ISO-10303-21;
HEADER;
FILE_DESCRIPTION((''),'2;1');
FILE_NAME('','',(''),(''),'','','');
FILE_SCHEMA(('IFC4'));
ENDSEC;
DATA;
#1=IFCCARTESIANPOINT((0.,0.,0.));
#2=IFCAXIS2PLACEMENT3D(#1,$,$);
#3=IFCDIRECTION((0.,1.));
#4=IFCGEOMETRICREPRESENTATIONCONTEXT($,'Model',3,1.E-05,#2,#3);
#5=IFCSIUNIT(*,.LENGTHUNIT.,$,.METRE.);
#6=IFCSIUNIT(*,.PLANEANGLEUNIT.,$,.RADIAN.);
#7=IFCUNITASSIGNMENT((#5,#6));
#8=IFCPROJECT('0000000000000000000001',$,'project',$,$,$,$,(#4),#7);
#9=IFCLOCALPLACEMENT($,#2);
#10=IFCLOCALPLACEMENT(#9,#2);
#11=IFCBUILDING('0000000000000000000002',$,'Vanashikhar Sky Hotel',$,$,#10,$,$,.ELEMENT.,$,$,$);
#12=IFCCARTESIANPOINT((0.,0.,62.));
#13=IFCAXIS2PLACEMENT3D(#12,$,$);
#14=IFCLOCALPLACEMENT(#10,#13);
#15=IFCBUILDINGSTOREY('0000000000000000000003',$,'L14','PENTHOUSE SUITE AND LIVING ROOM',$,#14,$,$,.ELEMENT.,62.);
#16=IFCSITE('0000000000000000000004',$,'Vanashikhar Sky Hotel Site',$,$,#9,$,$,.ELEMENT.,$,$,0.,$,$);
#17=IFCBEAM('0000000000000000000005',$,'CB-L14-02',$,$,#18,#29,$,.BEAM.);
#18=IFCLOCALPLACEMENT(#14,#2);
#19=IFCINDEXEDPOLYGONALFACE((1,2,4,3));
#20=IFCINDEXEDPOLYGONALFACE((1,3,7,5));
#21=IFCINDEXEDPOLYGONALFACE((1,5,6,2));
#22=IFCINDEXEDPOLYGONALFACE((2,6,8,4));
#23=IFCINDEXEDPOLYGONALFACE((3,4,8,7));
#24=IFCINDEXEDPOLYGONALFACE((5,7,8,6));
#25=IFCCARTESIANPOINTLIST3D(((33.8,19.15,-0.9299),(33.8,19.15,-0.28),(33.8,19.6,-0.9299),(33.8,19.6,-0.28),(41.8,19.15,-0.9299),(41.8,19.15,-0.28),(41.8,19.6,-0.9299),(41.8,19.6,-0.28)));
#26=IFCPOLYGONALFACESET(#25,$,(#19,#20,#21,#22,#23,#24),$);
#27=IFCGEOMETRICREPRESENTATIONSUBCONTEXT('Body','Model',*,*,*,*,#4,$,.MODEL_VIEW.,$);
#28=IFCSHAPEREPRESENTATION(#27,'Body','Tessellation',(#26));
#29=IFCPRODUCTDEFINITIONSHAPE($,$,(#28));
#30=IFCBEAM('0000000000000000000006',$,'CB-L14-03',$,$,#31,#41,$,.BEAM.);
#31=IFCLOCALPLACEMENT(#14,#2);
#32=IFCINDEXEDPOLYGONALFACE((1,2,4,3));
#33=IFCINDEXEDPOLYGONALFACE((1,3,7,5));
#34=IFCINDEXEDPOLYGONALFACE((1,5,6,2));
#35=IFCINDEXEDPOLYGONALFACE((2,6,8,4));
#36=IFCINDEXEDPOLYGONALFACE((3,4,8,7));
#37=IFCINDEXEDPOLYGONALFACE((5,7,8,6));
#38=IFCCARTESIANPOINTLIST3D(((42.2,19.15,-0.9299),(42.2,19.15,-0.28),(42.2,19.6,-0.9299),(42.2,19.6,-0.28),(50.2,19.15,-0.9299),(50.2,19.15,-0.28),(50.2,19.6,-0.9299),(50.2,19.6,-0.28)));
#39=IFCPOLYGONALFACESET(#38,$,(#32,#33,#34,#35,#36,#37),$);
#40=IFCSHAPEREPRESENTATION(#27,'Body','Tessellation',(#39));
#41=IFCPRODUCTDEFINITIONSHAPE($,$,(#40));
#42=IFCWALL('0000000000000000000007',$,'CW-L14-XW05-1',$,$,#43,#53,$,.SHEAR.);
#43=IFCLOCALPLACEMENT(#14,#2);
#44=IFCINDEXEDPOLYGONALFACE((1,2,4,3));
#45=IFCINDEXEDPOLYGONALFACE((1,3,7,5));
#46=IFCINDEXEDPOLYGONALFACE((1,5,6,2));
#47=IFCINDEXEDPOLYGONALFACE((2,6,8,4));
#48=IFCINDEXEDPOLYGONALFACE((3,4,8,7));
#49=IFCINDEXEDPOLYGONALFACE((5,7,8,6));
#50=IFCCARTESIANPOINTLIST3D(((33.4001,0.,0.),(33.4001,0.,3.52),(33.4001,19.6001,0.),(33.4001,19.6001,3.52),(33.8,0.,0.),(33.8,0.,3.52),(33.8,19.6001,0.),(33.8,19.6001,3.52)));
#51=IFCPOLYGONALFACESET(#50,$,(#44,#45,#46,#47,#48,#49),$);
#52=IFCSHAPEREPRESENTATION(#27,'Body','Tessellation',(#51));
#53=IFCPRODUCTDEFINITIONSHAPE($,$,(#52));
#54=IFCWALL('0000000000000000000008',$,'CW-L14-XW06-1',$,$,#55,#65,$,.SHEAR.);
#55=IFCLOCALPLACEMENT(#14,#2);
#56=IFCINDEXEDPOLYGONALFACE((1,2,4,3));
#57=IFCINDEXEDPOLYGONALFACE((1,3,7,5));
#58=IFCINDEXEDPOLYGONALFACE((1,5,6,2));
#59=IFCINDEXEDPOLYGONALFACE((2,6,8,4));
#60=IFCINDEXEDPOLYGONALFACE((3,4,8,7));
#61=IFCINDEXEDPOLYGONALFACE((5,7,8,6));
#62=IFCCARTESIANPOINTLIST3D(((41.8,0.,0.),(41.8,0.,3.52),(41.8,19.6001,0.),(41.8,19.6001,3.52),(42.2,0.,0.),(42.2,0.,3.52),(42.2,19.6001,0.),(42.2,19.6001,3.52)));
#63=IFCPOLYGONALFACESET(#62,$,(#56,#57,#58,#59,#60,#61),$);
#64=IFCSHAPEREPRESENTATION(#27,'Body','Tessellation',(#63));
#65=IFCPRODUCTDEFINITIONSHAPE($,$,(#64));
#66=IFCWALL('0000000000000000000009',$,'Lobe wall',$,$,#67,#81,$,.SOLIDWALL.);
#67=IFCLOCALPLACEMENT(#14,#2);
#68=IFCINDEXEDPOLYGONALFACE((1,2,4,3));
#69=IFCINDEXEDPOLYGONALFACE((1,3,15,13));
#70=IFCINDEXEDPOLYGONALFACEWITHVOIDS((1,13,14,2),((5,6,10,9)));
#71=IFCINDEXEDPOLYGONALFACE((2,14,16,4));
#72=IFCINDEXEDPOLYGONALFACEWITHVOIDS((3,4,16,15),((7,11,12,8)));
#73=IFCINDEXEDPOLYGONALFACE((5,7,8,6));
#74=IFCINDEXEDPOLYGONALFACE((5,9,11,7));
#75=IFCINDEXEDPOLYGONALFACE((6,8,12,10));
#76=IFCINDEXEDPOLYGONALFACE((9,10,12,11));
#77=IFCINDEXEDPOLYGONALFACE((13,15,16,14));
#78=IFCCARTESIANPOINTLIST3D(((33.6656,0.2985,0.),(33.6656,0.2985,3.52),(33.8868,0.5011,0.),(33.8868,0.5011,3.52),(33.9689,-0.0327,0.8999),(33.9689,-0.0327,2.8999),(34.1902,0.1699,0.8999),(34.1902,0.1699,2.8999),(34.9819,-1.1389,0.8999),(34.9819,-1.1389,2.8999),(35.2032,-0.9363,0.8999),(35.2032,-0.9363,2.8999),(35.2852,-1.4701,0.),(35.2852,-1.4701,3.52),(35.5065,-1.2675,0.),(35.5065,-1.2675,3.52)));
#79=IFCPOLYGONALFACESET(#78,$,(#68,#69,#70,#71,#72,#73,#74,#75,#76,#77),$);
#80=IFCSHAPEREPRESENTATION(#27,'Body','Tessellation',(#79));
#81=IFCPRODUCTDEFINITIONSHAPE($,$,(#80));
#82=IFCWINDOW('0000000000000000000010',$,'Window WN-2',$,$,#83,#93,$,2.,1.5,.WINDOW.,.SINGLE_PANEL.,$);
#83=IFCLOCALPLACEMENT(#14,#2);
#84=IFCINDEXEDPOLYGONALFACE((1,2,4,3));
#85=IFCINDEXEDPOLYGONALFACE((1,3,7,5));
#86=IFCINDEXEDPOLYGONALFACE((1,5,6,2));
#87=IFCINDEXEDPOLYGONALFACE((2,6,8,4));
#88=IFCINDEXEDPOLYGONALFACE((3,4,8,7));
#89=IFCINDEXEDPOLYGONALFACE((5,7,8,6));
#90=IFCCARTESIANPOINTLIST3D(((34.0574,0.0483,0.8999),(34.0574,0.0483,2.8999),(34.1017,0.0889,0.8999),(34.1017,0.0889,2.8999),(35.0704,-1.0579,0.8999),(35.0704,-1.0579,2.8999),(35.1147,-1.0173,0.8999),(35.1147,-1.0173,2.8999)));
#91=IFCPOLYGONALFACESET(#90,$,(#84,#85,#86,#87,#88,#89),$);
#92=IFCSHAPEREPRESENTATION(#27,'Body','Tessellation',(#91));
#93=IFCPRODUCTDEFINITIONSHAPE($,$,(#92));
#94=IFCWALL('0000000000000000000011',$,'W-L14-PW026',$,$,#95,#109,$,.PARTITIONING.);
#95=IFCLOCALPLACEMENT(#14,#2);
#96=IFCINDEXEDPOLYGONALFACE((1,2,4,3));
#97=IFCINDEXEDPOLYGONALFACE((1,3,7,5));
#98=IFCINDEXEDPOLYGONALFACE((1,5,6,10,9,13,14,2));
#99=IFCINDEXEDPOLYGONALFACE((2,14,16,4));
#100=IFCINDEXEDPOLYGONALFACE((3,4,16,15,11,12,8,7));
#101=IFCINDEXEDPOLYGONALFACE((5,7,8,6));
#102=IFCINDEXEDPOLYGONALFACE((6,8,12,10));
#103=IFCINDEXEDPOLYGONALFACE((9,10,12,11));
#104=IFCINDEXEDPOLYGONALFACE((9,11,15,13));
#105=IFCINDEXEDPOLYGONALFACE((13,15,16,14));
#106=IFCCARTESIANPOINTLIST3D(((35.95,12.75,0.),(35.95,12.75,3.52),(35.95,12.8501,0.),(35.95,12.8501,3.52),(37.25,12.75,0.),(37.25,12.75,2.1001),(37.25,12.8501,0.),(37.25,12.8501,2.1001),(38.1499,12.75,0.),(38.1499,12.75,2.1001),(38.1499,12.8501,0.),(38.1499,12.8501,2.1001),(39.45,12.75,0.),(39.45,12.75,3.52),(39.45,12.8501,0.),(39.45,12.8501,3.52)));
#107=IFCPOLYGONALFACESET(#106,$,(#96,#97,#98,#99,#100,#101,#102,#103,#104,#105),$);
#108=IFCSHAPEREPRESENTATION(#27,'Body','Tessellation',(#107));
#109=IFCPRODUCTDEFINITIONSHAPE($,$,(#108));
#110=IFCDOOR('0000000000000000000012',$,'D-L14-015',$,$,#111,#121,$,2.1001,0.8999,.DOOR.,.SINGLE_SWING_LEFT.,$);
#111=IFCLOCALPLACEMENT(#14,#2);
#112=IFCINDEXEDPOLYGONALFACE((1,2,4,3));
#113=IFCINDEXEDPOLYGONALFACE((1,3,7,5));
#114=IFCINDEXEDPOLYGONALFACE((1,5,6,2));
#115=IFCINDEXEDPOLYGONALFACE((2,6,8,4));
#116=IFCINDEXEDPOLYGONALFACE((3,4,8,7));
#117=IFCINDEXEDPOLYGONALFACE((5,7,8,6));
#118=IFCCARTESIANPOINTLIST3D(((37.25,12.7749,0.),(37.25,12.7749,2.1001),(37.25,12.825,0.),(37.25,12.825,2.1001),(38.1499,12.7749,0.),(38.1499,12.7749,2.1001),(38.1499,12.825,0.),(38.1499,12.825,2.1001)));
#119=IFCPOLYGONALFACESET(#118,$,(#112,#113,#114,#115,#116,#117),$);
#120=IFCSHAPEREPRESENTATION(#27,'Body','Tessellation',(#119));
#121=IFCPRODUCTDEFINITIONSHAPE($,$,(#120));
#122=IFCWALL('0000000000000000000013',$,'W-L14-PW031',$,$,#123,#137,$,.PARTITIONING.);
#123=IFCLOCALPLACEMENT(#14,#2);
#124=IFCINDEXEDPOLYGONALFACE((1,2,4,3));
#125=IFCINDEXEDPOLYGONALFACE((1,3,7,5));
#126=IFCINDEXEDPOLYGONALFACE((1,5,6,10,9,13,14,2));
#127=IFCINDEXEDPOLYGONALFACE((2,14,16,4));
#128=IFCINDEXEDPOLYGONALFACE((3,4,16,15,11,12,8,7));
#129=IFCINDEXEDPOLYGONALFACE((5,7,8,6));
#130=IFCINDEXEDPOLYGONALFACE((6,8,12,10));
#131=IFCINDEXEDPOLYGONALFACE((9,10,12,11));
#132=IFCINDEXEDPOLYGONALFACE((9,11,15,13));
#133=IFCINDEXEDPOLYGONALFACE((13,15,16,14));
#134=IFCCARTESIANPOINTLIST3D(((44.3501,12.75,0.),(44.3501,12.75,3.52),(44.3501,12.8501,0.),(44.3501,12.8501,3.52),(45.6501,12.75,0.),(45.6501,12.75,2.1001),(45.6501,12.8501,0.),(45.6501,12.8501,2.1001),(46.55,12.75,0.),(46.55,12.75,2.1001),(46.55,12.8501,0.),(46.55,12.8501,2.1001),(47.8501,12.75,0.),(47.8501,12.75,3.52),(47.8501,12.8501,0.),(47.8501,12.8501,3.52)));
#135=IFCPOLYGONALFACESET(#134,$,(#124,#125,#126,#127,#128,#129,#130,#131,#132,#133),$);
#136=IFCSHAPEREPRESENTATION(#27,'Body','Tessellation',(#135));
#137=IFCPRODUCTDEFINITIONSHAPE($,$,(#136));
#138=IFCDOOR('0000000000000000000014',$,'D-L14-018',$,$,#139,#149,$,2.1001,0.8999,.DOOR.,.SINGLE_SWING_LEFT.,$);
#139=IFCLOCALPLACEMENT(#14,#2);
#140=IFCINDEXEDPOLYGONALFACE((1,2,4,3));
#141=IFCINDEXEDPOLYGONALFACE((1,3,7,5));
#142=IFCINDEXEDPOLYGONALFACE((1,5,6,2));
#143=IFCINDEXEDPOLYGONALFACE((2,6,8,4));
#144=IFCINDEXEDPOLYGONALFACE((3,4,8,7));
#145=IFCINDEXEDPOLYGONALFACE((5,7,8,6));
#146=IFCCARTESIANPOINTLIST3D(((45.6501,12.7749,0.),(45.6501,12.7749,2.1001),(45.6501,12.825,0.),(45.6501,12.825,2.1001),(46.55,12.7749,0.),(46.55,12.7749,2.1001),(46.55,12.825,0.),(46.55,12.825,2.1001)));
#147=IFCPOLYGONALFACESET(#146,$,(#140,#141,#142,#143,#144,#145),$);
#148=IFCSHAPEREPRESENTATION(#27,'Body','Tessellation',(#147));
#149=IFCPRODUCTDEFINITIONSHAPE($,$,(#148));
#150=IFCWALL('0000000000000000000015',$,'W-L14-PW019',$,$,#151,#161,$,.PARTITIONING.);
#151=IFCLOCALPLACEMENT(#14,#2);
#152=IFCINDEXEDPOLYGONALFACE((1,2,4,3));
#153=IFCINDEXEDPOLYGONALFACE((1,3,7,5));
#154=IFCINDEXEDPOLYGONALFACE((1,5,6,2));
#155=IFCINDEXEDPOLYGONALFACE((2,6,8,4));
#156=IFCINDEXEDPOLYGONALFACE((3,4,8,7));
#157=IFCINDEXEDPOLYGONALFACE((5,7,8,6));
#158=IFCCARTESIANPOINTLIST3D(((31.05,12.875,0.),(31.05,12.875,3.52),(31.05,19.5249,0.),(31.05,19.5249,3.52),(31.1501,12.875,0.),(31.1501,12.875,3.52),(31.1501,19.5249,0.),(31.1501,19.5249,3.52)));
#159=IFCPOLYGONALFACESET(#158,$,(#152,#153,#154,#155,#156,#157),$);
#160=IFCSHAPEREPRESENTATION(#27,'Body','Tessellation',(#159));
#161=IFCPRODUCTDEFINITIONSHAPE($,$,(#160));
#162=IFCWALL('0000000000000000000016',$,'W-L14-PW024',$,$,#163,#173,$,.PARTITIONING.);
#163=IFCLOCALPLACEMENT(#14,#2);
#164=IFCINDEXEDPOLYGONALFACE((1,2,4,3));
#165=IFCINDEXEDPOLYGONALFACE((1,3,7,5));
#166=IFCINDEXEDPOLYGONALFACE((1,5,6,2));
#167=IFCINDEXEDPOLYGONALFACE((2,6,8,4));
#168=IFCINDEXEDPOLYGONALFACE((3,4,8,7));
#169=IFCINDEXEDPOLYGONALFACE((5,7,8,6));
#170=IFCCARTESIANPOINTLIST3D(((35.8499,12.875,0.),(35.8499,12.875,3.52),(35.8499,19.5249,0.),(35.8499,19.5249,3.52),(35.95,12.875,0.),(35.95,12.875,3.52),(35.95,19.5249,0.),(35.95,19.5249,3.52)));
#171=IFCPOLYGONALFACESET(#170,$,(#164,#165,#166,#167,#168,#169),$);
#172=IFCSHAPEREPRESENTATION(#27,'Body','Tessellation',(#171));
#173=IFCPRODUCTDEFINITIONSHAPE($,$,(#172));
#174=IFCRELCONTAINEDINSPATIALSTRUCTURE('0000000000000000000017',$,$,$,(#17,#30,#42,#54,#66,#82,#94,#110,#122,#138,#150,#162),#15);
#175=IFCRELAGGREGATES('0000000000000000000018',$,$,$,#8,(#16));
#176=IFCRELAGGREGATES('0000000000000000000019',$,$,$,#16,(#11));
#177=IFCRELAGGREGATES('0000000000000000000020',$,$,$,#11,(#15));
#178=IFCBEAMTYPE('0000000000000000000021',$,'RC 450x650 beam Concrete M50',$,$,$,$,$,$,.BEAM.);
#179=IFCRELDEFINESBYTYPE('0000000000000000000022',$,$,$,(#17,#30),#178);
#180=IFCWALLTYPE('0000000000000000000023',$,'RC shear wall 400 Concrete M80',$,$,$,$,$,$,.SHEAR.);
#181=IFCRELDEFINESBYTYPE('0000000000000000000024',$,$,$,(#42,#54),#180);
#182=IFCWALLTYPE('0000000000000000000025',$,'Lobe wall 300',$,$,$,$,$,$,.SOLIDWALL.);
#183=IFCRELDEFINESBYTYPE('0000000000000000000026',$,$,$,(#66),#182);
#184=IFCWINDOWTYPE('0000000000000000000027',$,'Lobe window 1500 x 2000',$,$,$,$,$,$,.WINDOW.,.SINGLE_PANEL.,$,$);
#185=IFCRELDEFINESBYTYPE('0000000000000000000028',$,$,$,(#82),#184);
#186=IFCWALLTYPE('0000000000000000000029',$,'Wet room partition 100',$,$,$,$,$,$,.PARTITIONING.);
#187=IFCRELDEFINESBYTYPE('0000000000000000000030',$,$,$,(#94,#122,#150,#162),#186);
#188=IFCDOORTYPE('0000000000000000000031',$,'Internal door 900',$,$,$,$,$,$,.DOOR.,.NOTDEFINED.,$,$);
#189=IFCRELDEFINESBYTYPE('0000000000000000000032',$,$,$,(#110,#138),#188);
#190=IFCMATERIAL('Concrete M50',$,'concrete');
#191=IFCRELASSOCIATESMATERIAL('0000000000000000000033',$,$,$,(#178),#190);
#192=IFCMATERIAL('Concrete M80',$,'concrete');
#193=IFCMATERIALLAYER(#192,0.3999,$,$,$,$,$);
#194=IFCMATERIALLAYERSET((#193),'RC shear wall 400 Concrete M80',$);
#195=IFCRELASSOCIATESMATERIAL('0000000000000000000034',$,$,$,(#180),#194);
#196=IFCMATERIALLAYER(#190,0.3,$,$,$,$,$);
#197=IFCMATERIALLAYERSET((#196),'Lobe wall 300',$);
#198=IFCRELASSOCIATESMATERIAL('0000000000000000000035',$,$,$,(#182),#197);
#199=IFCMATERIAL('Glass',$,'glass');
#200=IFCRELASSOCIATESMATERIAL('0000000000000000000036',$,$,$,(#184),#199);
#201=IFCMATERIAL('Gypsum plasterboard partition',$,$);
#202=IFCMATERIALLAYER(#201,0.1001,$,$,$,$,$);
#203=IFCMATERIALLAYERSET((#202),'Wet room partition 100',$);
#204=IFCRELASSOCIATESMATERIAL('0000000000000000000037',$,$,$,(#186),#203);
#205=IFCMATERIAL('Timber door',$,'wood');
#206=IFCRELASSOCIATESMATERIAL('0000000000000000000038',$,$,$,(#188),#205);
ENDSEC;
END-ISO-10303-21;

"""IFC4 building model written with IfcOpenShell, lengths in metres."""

from ifc_helpers import new_model, si_unit, direction, frame, frame_2d, origin, origin_2d, place, context, subcontext, project, spatial, rectangle, extrude, source, transform, mapped, material, layer, layer_set, material_profile, profile_set, type_object, element, fill, save


model = new_model("IFC4")

# Units and contexts
model_context = context("Model", 3, precision=1e-05, world=origin(), true_north=direction((0.0, 1.0)))
body_context = subcontext(model_context, "Body", "Model", "MODEL_VIEW")
ifc_project = project(units=[si_unit("LENGTHUNIT", "METRE"), si_unit("PLANEANGLEUNIT", "RADIAN")], contexts=[model_context])

# Site, building, storey
site_placement = place(None, origin())
site = spatial("IfcSite", under=ifc_project, at=site_placement, Name="Vanashikhar Sky Hotel Site", CompositionType="ELEMENT", RefElevation=0.0)
building_placement = place(site_placement, origin())
building = spatial("IfcBuilding", under=site, at=building_placement, Name="Vanashikhar Sky Hotel", CompositionType="ELEMENT")
storey_placement = place(building_placement, frame((0.0, 0.0, 62.0)))
storey = spatial("IfcBuildingStorey", under=building, at=storey_placement, Name="L14", Description="PENTHOUSE SUITE AND LIVING ROOM", CompositionType="ELEMENT", Elevation=62.0)

# Beams
ifc_material_1 = material(Name="Concrete M50", Category="concrete")
ifc_material_profile = material_profile(ifc_material_1, rectangle(XDim=0.45, YDim=0.6499, at=origin_2d()))
ifc_profile_set = profile_set([ifc_material_profile], Name="RC 450x650 beam Concrete M50")
beam_type = type_object("IfcBeamType", Name="RC 450x650 beam Concrete M50", PredefinedType="BEAM", material=ifc_profile_set)
shared_shape_1 = source(origin(), body_context, "Body", "SweptSolid", [
    extrude(rectangle(XDim=0.45, YDim=0.6499, at=origin_2d()), origin(), (0.0, 0.0, 1.0), 8.0),
])
for number, where, z_axis, x_axis, name in (
    (1, (33.8, 19.375, -0.605), (1.0, 0.0, 0.0), (0.0, 1.0, 0.0), "CB-L14-02"),
    (2, (42.2, 19.375, -0.605), (1.0, 0.0, 0.0), (0.0, 1.0, 0.0), "CB-L14-03"),
):
    element("IfcBeam", number, at=place(storey_placement, frame(where, z_axis=z_axis, x_axis=x_axis)), inside=storey, type_object=beam_type, Name=name, PredefinedType="BEAM", context=body_context, shape_type="MappedRepresentation", body=[
        mapped(shared_shape_1, transform((0.0, 0.0, 0.0), scale=1.0)),
    ])

# Walls
ifc_material_2 = material(Name="Concrete M80", Category="concrete")
ifc_layer_1 = layer(ifc_material_2, 0.3999)
ifc_layer_set_1 = layer_set([ifc_layer_1], Name="RC shear wall 400 Concrete M80")
wall_type_1 = type_object("IfcWallType", Name="RC shear wall 400 Concrete M80", PredefinedType="SHEAR", material=ifc_layer_set_1)
shared_shape_2 = source(origin(), body_context, "Body", "SweptSolid", [
    extrude(rectangle(XDim=19.6001, YDim=0.3999, at=frame_2d((9.8, 0.0))), origin(), (0.0, 0.0, 1.0), 3.52),
])
for number, where, z_axis, x_axis, name in (
    (3, (33.6001, 0.0, 0.0), (0.0, 0.0, 1.0), (0.0, 1.0, 0.0), "CW-L14-XW05-1"),
    (4, (42.0, 0.0, 0.0), (0.0, 0.0, 1.0), (0.0, 1.0, 0.0), "CW-L14-XW06-1"),
):
    element("IfcWall", number, at=place(storey_placement, frame(where, z_axis=z_axis, x_axis=x_axis)), inside=storey, type_object=wall_type_1, Name=name, PredefinedType="SHEAR", context=body_context, shape_type="MappedRepresentation", body=[
        mapped(shared_shape_2, transform((0.0, 0.0, 0.0), scale=1.0)),
    ])

# Wall, opening, window
ifc_layer_2 = layer(ifc_material_1, 0.3)
ifc_layer_set_2 = layer_set([ifc_layer_2], Name="Lobe wall 300")
wall_type_2 = type_object("IfcWallType", Name="Lobe wall 300", PredefinedType="SOLIDWALL", material=ifc_layer_set_2)
shared_shape_3 = source(origin(), body_context, "Body", "SweptSolid", [
    extrude(rectangle(XDim=2.3982, YDim=0.3, at=frame_2d((1.1992, 0.0))), origin(), (0.0, 0.0, 1.0), 3.52),
])
wall_1_placement = place(storey_placement, frame((33.7761, 0.3999, 0.0), z_axis=(0.0, 0.0, 1.0), x_axis=(0.675374, -0.737475, 0.0)))
wall_1 = element("IfcWall", 5, at=wall_1_placement, inside=storey, type_object=wall_type_2, Name="Lobe wall", PredefinedType="SOLIDWALL", context=body_context, shape_type="MappedRepresentation", body=[
    mapped(shared_shape_3, transform((0.0, 0.0, 0.0), scale=1.0)),
])
shared_shape_4 = source(origin(), body_context, "Body", "SweptSolid", [
    extrude(rectangle(XDim=1.5, YDim=2.0, at=frame_2d((0.75, 1.0))), frame((0.0, 0.1602, 0.0), z_axis=(0.0, -1.0, 0.0), x_axis=(1.0, 0.0, 0.0)), (0.0, 0.0, 1.0), 0.3201),
])
opening_1_placement = place(wall_1_placement, frame((0.4492, 0.0, 0.8999)))
opening_1 = element("IfcOpeningElement", 6, at=opening_1_placement, cuts=wall_1, PredefinedType="OPENING", context=body_context, shape_type="MappedRepresentation", body=[
    mapped(shared_shape_4, transform((0.0, 0.0, 0.0), scale=1.0)),
])
ifc_material_3 = material(Name="Glass", Category="glass")
window_type = type_object("IfcWindowType", Name="Lobe window 1500 x 2000", PartitioningType="SINGLE_PANEL", PredefinedType="WINDOW", material=ifc_material_3)
shared_shape_5 = source(origin(), body_context, "Body", "SweptSolid", [
    extrude(rectangle(XDim=1.5, YDim=2.0, at=frame_2d((0.75, 1.0))), frame((0.0, 0.03, 0.0), z_axis=(0.0, -1.0, 0.0), x_axis=(1.0, 0.0, 0.0)), (0.0, 0.0, 1.0), 0.0601),
])
window_placement = place(opening_1_placement, origin())
window = element("IfcWindow", 7, at=window_placement, inside=storey, type_object=window_type, Name="Window WN-2", OverallHeight=2.0, OverallWidth=1.5, PartitioningType="SINGLE_PANEL", PredefinedType="WINDOW", context=body_context, shape_type="MappedRepresentation", body=[
    mapped(shared_shape_5, transform((0.0, 0.0, 0.0), scale=1.0)),
])
fill(opening_1, window)

# Walls, openings, doors
ifc_material_4 = material(Name="Gypsum plasterboard partition")
ifc_layer_3 = layer(ifc_material_4, 0.1001)
ifc_layer_set_3 = layer_set([ifc_layer_3], Name="Wet room partition 100")
wall_type_3 = type_object("IfcWallType", Name="Wet room partition 100", PredefinedType="PARTITIONING", material=ifc_layer_set_3)
shared_shape_6 = source(origin(), body_context, "Body", "SweptSolid", [
    extrude(rectangle(XDim=3.5, YDim=0.1001, at=frame_2d((1.75, 0.0))), origin(), (0.0, 0.0, 1.0), 3.52),
])
wall_2_placement = place(storey_placement, frame((35.95, 12.8, 0.0), z_axis=(0.0, 0.0, 1.0), x_axis=(1.0, 0.0, 0.0)))
wall_2 = element("IfcWall", 8, at=wall_2_placement, inside=storey, type_object=wall_type_3, Name="W-L14-PW026", PredefinedType="PARTITIONING", context=body_context, shape_type="MappedRepresentation", body=[
    mapped(shared_shape_6, transform((0.0, 0.0, 0.0), scale=1.0)),
])
shared_shape_7 = source(origin(), body_context, "Body", "SweptSolid", [
    extrude(rectangle(XDim=0.8999, YDim=2.1001, at=frame_2d((0.45, 1.05))), frame((0.0, 0.0601, 0.0), z_axis=(0.0, -1.0, 0.0), x_axis=(1.0, 0.0, 0.0)), (0.0, 0.0, 1.0), 0.1201),
])
opening_2_placement = place(wall_2_placement, frame((1.3, 0.0, 0.0)))
opening_2 = element("IfcOpeningElement", 9, at=opening_2_placement, cuts=wall_2, PredefinedType="OPENING", context=body_context, shape_type="MappedRepresentation", body=[
    mapped(shared_shape_7, transform((0.0, 0.0, 0.0), scale=1.0)),
])
ifc_material_5 = material(Name="Timber door", Category="wood")
door_type = type_object("IfcDoorType", Name="Internal door 900", OperationType="NOTDEFINED", PredefinedType="DOOR", material=ifc_material_5)
shared_shape_8 = source(origin(), body_context, "Body", "SweptSolid", [
    extrude(rectangle(XDim=0.8999, YDim=2.1001, at=frame_2d((0.45, 1.05))), frame((0.0, 0.0249, 0.0), z_axis=(0.0, -1.0, 0.0), x_axis=(1.0, 0.0, 0.0)), (0.0, 0.0, 1.0), 0.05),
])
door_1_placement = place(opening_2_placement, origin())
door_1 = element("IfcDoor", 10, at=door_1_placement, inside=storey, type_object=door_type, Name="D-L14-015", OperationType="SINGLE_SWING_LEFT", OverallHeight=2.1001, OverallWidth=0.8999, PredefinedType="DOOR", context=body_context, shape_type="MappedRepresentation", body=[
    mapped(shared_shape_8, transform((0.0, 0.0, 0.0), scale=1.0)),
])
fill(opening_2, door_1)
wall_3_placement = place(storey_placement, frame((44.3501, 12.8, 0.0), z_axis=(0.0, 0.0, 1.0), x_axis=(1.0, 0.0, 0.0)))
wall_3 = element("IfcWall", 11, at=wall_3_placement, inside=storey, type_object=wall_type_3, Name="W-L14-PW031", PredefinedType="PARTITIONING", context=body_context, shape_type="MappedRepresentation", body=[
    mapped(shared_shape_6, transform((0.0, 0.0, 0.0), scale=1.0)),
])
opening_3_placement = place(wall_3_placement, frame((1.3, 0.0, 0.0)))
opening_3 = element("IfcOpeningElement", 12, at=opening_3_placement, cuts=wall_3, PredefinedType="OPENING", context=body_context, shape_type="MappedRepresentation", body=[
    mapped(shared_shape_7, transform((0.0, 0.0, 0.0), scale=1.0)),
])
door_2_placement = place(opening_3_placement, origin())
door_2 = element("IfcDoor", 13, at=door_2_placement, inside=storey, type_object=door_type, Name="D-L14-018", OperationType="SINGLE_SWING_LEFT", OverallHeight=2.1001, OverallWidth=0.8999, PredefinedType="DOOR", context=body_context, shape_type="MappedRepresentation", body=[
    mapped(shared_shape_8, transform((0.0, 0.0, 0.0), scale=1.0)),
])
fill(opening_3, door_2)

# Walls
shared_shape_9 = source(origin(), body_context, "Body", "SweptSolid", [
    extrude(rectangle(XDim=6.6499, YDim=0.1001, at=frame_2d((3.325, 0.0))), origin(), (0.0, 0.0, 1.0), 3.52),
])
for number, where, z_axis, x_axis, name in (
    (14, (31.1001, 12.875, 0.0), (0.0, 0.0, 1.0), (0.0, 1.0, 0.0), "W-L14-PW019"),
    (15, (35.8999, 12.875, 0.0), (0.0, 0.0, 1.0), (0.0, 1.0, 0.0), "W-L14-PW024"),
):
    element("IfcWall", number, at=place(storey_placement, frame(where, z_axis=z_axis, x_axis=x_axis)), inside=storey, type_object=wall_type_3, Name=name, PredefinedType="PARTITIONING", context=body_context, shape_type="MappedRepresentation", body=[
        mapped(shared_shape_9, transform((0.0, 0.0, 0.0), scale=1.0)),
    ])

save(model, "model.ifc")
